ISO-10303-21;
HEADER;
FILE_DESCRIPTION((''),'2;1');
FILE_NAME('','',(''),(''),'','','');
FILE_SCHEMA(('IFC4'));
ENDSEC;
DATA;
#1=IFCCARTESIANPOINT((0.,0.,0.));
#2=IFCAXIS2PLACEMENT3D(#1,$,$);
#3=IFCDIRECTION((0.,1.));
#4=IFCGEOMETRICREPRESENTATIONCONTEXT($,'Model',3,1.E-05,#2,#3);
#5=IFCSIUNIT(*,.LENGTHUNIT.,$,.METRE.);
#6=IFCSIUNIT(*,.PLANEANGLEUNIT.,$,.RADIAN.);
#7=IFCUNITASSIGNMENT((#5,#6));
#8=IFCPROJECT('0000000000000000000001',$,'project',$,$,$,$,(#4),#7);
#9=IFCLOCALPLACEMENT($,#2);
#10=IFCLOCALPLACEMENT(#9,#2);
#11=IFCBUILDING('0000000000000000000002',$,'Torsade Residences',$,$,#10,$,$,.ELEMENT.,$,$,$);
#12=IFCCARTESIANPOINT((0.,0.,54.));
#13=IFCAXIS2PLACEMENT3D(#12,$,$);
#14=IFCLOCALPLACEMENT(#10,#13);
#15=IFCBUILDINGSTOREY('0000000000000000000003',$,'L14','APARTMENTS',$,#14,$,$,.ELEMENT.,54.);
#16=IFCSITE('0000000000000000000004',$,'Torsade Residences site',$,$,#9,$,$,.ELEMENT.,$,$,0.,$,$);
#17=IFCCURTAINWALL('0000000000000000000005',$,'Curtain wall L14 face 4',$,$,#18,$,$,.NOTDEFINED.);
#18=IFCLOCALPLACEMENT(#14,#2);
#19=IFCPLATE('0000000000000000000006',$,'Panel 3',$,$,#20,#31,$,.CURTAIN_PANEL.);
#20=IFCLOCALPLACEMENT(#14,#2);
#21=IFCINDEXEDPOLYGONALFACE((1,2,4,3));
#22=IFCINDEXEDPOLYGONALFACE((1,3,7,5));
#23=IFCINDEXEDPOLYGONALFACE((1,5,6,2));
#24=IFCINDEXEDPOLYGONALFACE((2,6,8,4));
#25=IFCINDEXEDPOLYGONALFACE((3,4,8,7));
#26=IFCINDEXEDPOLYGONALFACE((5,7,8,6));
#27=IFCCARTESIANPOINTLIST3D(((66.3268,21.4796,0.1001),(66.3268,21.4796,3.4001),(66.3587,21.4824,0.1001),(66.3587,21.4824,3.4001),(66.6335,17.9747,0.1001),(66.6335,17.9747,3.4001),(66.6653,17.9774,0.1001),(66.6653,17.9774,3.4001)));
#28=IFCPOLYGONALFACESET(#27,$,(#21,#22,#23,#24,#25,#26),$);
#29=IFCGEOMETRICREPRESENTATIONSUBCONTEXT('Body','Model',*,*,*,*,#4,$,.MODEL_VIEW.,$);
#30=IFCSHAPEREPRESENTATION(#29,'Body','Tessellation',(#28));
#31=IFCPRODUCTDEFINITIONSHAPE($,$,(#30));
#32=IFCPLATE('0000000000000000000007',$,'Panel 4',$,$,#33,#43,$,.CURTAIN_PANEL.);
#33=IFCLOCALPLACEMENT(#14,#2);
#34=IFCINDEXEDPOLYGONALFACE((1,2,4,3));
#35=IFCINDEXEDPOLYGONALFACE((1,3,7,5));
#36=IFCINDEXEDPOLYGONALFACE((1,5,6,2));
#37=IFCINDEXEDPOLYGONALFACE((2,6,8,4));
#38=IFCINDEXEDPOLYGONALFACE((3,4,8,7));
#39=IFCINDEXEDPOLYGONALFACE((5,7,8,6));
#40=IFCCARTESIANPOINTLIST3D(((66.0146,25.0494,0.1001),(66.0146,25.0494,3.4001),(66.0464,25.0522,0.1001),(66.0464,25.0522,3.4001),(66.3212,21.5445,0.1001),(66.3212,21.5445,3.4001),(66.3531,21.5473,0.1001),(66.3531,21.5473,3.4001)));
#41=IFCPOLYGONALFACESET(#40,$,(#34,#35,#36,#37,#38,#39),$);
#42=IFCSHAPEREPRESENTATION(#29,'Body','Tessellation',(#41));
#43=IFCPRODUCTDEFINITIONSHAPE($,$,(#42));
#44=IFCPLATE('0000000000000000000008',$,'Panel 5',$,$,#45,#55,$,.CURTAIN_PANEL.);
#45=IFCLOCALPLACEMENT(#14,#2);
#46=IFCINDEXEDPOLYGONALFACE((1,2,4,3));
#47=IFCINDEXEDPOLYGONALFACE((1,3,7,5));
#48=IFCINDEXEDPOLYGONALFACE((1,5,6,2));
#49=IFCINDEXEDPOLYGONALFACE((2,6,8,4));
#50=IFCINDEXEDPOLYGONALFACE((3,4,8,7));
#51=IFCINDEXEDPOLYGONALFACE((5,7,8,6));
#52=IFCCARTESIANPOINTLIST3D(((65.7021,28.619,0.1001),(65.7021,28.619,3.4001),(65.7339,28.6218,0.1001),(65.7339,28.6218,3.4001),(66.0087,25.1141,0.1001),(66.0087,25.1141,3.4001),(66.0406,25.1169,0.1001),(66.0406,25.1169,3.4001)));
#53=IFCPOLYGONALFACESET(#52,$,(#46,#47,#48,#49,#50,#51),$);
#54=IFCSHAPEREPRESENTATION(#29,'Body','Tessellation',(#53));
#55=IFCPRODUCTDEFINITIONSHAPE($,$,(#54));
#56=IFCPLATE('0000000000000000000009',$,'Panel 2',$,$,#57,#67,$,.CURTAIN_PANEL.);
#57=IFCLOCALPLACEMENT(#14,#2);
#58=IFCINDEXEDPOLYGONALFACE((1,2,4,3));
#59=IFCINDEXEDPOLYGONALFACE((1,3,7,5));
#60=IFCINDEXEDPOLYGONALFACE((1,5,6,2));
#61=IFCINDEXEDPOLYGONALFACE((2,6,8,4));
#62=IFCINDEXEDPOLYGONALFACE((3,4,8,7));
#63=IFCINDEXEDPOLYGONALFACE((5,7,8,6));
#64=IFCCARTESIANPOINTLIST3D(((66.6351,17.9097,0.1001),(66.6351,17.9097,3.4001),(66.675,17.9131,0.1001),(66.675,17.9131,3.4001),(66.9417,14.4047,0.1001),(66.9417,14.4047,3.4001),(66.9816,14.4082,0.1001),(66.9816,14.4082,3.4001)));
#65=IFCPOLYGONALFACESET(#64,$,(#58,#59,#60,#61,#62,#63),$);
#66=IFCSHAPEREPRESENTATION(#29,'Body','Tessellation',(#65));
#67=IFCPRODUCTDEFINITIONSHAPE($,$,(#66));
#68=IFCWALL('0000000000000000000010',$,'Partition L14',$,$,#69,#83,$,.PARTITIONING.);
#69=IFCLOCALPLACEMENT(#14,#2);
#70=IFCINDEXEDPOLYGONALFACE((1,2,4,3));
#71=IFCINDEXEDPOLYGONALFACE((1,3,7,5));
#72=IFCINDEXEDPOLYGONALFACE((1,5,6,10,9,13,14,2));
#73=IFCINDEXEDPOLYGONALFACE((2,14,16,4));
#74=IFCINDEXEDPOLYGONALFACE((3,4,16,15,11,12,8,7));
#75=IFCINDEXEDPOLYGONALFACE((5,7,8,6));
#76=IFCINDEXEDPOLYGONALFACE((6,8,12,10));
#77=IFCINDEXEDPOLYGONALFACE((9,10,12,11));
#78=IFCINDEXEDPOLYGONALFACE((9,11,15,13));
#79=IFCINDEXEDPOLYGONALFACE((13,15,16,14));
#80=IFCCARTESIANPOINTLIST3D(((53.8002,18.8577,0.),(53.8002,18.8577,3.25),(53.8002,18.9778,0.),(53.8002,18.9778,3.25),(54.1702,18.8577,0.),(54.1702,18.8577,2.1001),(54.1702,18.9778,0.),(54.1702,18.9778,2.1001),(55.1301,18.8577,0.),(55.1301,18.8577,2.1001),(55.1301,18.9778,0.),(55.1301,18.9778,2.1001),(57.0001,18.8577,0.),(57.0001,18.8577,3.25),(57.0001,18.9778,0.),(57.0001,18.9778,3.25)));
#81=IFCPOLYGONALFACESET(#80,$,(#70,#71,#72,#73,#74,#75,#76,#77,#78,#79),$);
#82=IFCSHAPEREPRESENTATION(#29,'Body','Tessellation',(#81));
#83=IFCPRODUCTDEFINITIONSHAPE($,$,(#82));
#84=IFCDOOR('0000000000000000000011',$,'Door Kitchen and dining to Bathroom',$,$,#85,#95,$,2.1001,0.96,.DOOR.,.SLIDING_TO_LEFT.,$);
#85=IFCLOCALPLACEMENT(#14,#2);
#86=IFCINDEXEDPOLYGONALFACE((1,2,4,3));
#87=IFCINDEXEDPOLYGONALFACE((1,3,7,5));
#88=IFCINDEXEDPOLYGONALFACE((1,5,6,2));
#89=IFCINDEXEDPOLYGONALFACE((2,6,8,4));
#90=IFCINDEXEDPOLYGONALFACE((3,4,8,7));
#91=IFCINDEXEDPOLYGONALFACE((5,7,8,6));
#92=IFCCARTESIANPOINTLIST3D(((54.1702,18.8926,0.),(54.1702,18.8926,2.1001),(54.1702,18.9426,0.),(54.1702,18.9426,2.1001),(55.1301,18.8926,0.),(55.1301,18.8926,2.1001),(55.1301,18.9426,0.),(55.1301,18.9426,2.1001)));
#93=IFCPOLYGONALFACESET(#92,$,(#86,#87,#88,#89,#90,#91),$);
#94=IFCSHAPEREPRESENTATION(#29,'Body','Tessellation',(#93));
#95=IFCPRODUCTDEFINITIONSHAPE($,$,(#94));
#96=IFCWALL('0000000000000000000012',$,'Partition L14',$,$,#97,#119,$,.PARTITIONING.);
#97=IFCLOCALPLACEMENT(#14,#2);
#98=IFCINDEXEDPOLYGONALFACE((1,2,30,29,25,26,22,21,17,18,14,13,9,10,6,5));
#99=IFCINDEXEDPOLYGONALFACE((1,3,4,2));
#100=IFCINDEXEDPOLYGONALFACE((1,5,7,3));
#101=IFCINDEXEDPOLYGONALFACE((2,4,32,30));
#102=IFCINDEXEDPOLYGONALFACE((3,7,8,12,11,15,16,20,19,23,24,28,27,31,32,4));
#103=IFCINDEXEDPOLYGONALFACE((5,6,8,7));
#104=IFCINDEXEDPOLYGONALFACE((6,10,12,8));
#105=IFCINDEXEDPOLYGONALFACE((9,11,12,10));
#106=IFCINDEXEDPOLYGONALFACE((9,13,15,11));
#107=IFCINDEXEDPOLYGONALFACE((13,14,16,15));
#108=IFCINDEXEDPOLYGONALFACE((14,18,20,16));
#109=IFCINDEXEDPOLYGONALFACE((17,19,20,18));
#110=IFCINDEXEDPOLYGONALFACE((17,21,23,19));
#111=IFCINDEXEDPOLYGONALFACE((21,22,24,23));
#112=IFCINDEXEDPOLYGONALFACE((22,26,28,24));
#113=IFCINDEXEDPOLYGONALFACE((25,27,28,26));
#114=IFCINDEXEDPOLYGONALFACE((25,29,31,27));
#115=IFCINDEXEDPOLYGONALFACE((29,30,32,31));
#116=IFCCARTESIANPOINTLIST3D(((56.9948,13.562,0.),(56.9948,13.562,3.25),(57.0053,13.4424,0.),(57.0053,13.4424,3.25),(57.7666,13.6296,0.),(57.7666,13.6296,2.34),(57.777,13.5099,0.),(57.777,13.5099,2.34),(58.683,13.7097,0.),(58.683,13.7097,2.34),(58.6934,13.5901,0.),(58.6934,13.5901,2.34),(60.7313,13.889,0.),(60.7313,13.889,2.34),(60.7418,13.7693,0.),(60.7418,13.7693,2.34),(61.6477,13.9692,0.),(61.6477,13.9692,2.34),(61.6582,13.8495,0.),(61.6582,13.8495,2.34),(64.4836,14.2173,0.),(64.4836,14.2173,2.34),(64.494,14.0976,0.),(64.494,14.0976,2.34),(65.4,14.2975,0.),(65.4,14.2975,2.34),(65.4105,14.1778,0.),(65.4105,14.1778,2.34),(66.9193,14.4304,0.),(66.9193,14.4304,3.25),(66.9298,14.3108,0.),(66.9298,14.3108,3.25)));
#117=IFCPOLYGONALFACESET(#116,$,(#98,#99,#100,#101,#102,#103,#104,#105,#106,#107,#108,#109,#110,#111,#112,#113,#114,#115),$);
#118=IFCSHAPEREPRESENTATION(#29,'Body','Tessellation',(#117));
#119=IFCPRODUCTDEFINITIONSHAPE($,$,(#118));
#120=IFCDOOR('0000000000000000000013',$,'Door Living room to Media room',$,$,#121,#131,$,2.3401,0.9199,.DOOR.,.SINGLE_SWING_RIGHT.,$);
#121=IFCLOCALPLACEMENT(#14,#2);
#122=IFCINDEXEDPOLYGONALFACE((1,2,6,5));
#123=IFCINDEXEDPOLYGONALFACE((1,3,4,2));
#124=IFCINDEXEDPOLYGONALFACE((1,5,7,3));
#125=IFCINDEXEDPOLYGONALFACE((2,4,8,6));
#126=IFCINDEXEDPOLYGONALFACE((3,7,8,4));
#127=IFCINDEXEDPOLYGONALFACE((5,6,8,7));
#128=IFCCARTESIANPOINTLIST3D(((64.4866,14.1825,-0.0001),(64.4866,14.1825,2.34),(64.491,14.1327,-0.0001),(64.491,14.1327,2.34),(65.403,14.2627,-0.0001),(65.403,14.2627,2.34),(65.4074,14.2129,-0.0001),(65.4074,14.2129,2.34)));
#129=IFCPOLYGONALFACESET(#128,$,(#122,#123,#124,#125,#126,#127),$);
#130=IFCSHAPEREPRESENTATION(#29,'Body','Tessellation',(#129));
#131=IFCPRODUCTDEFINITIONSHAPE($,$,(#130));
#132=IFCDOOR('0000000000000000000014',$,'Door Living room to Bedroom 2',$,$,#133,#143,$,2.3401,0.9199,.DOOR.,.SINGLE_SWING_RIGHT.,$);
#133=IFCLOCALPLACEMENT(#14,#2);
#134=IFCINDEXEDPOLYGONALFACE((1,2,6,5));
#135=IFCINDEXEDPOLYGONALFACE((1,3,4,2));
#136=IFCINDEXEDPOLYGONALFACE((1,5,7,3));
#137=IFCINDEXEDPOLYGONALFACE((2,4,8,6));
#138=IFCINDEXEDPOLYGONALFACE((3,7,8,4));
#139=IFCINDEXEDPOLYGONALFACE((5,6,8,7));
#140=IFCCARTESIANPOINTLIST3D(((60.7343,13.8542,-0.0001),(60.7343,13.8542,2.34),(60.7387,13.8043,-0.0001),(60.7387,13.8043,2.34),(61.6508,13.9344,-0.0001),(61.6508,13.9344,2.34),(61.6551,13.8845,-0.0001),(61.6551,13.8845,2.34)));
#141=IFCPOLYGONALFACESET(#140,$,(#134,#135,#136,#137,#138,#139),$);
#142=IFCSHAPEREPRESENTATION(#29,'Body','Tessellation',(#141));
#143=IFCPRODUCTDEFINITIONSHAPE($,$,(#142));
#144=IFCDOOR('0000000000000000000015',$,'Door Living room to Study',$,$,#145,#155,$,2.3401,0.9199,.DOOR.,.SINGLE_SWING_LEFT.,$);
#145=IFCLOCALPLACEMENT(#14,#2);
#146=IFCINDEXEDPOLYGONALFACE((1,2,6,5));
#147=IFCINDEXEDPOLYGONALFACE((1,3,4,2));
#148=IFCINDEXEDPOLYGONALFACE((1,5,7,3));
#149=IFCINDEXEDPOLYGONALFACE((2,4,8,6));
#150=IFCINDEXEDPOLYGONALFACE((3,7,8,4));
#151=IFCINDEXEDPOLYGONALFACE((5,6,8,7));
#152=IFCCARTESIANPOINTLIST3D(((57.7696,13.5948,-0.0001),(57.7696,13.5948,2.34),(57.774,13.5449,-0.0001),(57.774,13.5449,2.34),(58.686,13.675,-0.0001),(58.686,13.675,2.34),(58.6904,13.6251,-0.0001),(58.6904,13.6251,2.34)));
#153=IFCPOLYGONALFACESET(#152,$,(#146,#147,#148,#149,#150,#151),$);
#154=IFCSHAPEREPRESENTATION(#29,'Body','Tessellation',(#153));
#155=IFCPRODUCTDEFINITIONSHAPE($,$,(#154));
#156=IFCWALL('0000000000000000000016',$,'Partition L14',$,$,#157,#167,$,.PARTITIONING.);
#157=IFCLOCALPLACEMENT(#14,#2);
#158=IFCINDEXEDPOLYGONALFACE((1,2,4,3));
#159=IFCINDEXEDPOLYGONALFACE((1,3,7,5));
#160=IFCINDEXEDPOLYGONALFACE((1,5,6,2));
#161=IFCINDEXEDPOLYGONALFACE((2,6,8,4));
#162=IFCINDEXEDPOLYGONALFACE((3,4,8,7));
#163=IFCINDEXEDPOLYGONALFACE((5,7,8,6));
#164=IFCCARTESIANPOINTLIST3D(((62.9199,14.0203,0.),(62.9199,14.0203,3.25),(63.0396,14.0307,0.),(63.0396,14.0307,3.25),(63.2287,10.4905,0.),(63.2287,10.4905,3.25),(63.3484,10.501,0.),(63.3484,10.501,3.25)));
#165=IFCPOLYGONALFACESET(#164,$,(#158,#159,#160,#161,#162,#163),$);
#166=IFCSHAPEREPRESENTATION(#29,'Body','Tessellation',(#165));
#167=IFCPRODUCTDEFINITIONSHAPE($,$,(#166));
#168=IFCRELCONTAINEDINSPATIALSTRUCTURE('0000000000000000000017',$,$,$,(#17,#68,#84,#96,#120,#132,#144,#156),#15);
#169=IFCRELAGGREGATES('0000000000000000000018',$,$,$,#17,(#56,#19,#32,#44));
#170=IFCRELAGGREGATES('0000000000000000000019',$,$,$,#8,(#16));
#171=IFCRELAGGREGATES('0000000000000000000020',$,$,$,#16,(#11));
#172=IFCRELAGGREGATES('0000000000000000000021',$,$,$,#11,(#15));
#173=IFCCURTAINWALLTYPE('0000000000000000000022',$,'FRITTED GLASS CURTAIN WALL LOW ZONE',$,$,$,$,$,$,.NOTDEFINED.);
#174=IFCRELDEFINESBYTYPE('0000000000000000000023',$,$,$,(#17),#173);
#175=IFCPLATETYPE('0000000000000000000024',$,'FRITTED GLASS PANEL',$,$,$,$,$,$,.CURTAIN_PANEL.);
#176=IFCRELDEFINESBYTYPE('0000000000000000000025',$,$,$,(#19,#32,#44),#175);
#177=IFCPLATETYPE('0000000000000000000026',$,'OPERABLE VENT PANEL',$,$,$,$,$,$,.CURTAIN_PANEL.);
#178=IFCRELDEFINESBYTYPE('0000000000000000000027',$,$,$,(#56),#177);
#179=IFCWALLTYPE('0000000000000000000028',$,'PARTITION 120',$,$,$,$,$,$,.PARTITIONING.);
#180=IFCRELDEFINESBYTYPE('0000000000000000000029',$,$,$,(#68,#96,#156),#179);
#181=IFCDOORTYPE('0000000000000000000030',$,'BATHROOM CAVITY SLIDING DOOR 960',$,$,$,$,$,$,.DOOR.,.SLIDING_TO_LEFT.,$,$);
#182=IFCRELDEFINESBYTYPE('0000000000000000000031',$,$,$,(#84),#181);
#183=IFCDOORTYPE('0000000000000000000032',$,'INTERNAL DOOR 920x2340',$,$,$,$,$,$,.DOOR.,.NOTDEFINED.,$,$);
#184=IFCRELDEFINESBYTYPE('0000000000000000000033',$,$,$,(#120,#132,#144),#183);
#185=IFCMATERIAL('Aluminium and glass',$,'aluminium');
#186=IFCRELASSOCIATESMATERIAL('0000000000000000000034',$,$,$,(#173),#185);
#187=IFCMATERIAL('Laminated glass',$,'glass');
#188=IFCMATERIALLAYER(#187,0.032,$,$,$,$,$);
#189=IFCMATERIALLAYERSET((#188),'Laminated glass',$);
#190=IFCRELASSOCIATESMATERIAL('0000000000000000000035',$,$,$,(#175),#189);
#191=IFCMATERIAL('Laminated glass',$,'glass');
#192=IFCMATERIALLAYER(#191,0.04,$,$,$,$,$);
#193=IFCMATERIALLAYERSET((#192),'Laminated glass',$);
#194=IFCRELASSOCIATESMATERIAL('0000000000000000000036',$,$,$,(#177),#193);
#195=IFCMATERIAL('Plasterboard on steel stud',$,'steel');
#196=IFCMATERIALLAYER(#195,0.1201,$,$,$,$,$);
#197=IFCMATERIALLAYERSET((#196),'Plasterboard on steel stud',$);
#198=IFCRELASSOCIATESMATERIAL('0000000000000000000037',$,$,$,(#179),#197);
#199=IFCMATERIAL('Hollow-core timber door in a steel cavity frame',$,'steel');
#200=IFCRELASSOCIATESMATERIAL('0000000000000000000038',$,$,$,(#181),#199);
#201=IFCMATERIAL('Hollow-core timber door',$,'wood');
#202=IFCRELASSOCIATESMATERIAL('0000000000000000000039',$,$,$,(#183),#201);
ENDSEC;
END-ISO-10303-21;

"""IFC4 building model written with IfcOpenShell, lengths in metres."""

from ifc_helpers import new_model, si_unit, direction, frame, frame_2d, origin, origin_2d, place, context, subcontext, project, spatial, rectangle, extrude, material, layer, layer_set, type_object, element, fill, aggregate, save


model = new_model("IFC4")

# Units and contexts
model_context = context("Model", 3, precision=1e-05, world=origin(), true_north=direction((0.0, 1.0)))
body_context = subcontext(model_context, "Body", "Model", "MODEL_VIEW")
ifc_project = project(units=[si_unit("LENGTHUNIT", "METRE"), si_unit("PLANEANGLEUNIT", "RADIAN")], contexts=[model_context])

# Site, building, storey
site_placement = place(None, origin())
site = spatial("IfcSite", under=ifc_project, at=site_placement, Name="Torsade Residences site", CompositionType="ELEMENT", RefElevation=0.0)
building_placement = place(site_placement, origin())
building = spatial("IfcBuilding", under=site, at=building_placement, Name="Torsade Residences", CompositionType="ELEMENT")
storey_placement = place(building_placement, frame((0.0, 0.0, 54.0)))
storey = spatial("IfcBuildingStorey", under=building, at=storey_placement, Name="L14", Description="APARTMENTS", CompositionType="ELEMENT", Elevation=54.0)

# Curtain wall
ifc_material_1 = material(Name="Aluminium and glass", Category="aluminium")
curtain_wall_type = type_object("IfcCurtainWallType", Name="FRITTED GLASS CURTAIN WALL LOW ZONE", PredefinedType="NOTDEFINED", material=ifc_material_1)
curtain_wall_placement = place(storey_placement, origin())
curtain_wall = element("IfcCurtainWall", 1, at=curtain_wall_placement, inside=storey, type_object=curtain_wall_type, Name="Curtain wall L14 face 4", PredefinedType="NOTDEFINED")

# Plates
ifc_material_2 = material(Name="Laminated glass", Category="glass")
ifc_layer_1 = layer(ifc_material_2, 0.032)
ifc_layer_set_1 = layer_set([ifc_layer_1], Name="Laminated glass")
plate_type_1 = type_object("IfcPlateType", Name="FRITTED GLASS PANEL", PredefinedType="CURTAIN_PANEL", material=ifc_layer_set_1)
plate_1_placement = place(storey_placement, frame((66.4961, 19.7285, 0.1001), z_axis=(0.0, 0.0, 1.0), x_axis=(-0.087156, 0.996195, 0.0)))
plate_1 = element("IfcPlate", 2, at=plate_1_placement, type_object=plate_type_1, Name="Panel 3", PredefinedType="CURTAIN_PANEL", context=body_context, shape_type="SweptSolid", body=[
    extrude(rectangle(XDim=3.5183, YDim=0.032, at=origin_2d()), origin(), (0.0, 0.0, 1.0), 3.3),
])
plate_2_placement = place(storey_placement, frame((66.1838, 23.2983, 0.1001), z_axis=(0.0, 0.0, 1.0), x_axis=(-0.087156, 0.996195, 0.0)))
plate_2 = element("IfcPlate", 3, at=plate_2_placement, type_object=plate_type_1, Name="Panel 4", PredefinedType="CURTAIN_PANEL", context=body_context, shape_type="SweptSolid", body=[
    extrude(rectangle(XDim=3.5183, YDim=0.032, at=origin_2d()), origin(), (0.0, 0.0, 1.0), 3.3),
])
plate_3_placement = place(storey_placement, frame((65.8713, 26.8679, 0.1001), z_axis=(0.0, 0.0, 1.0), x_axis=(-0.087156, 0.996195, 0.0)))
plate_3 = element("IfcPlate", 4, at=plate_3_placement, type_object=plate_type_1, Name="Panel 5", PredefinedType="CURTAIN_PANEL", context=body_context, shape_type="SweptSolid", body=[
    extrude(rectangle(XDim=3.5183, YDim=0.032, at=origin_2d()), origin(), (0.0, 0.0, 1.0), 3.3),
])
ifc_material_3 = material(Name="Laminated glass", Category="glass")
ifc_layer_2 = layer(ifc_material_3, 0.04)
ifc_layer_set_2 = layer_set([ifc_layer_2], Name="Laminated glass")
plate_type_2 = type_object("IfcPlateType", Name="OPERABLE VENT PANEL", PredefinedType="CURTAIN_PANEL", material=ifc_layer_set_2)
plate_4_placement = place(storey_placement, frame((66.8083, 16.1589, 0.1001), z_axis=(0.0, 0.0, 1.0), x_axis=(-0.087156, 0.996195, 0.0)))
plate_4 = element("IfcPlate", 5, at=plate_4_placement, type_object=plate_type_2, Name="Panel 2", PredefinedType="CURTAIN_PANEL", context=body_context, shape_type="SweptSolid", body=[
    extrude(rectangle(XDim=3.5183, YDim=0.04, at=origin_2d()), origin(), (0.0, 0.0, 1.0), 3.3),
])
aggregate(curtain_wall, [plate_4, plate_1, plate_2, plate_3])

# Wall, opening, door
ifc_material_4 = material(Name="Plasterboard on steel stud", Category="steel")
ifc_layer_3 = layer(ifc_material_4, 0.1201)
ifc_layer_set_3 = layer_set([ifc_layer_3], Name="Plasterboard on steel stud")
wall_type_1 = type_object("IfcWallType", Name="PARTITION 120", PredefinedType="PARTITIONING", material=ifc_layer_set_3)
wall_1_placement = place(storey_placement, frame((53.8, 18.9177, 0.0), z_axis=(0.0, 0.0, 1.0), x_axis=(1.0, 0.0, 0.0)))
wall_1 = element("IfcWall", 6, at=wall_1_placement, inside=storey, type_object=wall_type_1, Name="Partition L14", PredefinedType="PARTITIONING", context=body_context, shape_type="SweptSolid", body=[
    extrude(rectangle(XDim=3.2, YDim=0.1201, at=frame_2d((1.6001, 0.0))), origin(), (0.0, 0.0, 1.0), 3.25),
])
opening_1_placement = place(wall_1_placement, frame((0.3701, 0.0, 0.0)))
opening_1 = element("IfcOpeningElement", 7, at=opening_1_placement, cuts=wall_1, PredefinedType="OPENING", context=body_context, shape_type="SweptSolid", body=[
    extrude(rectangle(XDim=0.96, YDim=2.1001, at=frame_2d((0.48, 1.05))), frame((0.0, 0.0701, 0.0), z_axis=(0.0, -1.0, 0.0), x_axis=(1.0, 0.0, 0.0)), (0.0, 0.0, 1.0), 0.1401),
])
ifc_material_5 = material(Name="Hollow-core timber door in a steel cavity frame", Category="steel")
door_type_1 = type_object("IfcDoorType", Name="BATHROOM CAVITY SLIDING DOOR 960", OperationType="SLIDING_TO_LEFT", PredefinedType="DOOR", material=ifc_material_5)
door_1_placement = place(opening_1_placement, origin())
door_1 = element("IfcDoor", 8, at=door_1_placement, inside=storey, type_object=door_type_1, Name="Door Kitchen and dining to Bathroom", OperationType="SLIDING_TO_LEFT", OverallHeight=2.1001, OverallWidth=0.96, PredefinedType="DOOR", context=body_context, shape_type="SweptSolid", body=[
    extrude(rectangle(XDim=0.96, YDim=2.1001, at=frame_2d((0.48, 1.05))), frame((0.0, 0.0249, 0.0), z_axis=(0.0, -1.0, 0.0), x_axis=(1.0, 0.0, 0.0)), (0.0, 0.0, 1.0), 0.05),
])
fill(opening_1, door_1)

# Wall, openings, doors
wall_2_placement = place(storey_placement, frame((66.9246, 14.3706, 0.0), z_axis=(0.0, 0.0, 1.0), x_axis=(-0.996194, -0.087168, 0.0)))
wall_2 = element("IfcWall", 9, at=wall_2_placement, inside=storey, type_object=wall_type_1, Name="Partition L14", PredefinedType="PARTITIONING", context=body_context, shape_type="SweptSolid", body=[
    extrude(rectangle(XDim=9.9624, YDim=0.1201, at=frame_2d((4.9812, 0.0))), origin(), (0.0, 0.0, 1.0), 3.25),
])
opening_2_placement = place(wall_2_placement, frame((1.5251, 0.0, 0.0)))
opening_2 = element("IfcOpeningElement", 10, at=opening_2_placement, cuts=wall_2, PredefinedType="OPENING", context=body_context, shape_type="SweptSolid", body=[
    extrude(rectangle(XDim=0.9199, YDim=2.3401, at=frame_2d((0.46, 1.1699))), frame((0.0, 0.0701, 0.0), z_axis=(0.0, -1.0, 0.0), x_axis=(1.0, 0.0, 0.0)), (0.0, 0.0, 1.0), 0.1401),
])
opening_3_placement = place(wall_2_placement, frame((5.2917, 0.0, 0.0)))
opening_3 = element("IfcOpeningElement", 11, at=opening_3_placement, cuts=wall_2, PredefinedType="OPENING", context=body_context, shape_type="SweptSolid", body=[
    extrude(rectangle(XDim=0.9199, YDim=2.3401, at=frame_2d((0.46, 1.1699))), frame((0.0, 0.0701, 0.0), z_axis=(0.0, -1.0, 0.0), x_axis=(1.0, 0.0, 0.0)), (0.0, 0.0, 1.0), 0.1401),
])
opening_4_placement = place(wall_2_placement, frame((8.2678, 0.0, 0.0)))
opening_4 = element("IfcOpeningElement", 12, at=opening_4_placement, cuts=wall_2, PredefinedType="OPENING", context=body_context, shape_type="SweptSolid", body=[
    extrude(rectangle(XDim=0.9199, YDim=2.3401, at=frame_2d((0.46, 1.1699))), frame((0.0, 0.0701, 0.0), z_axis=(0.0, -1.0, 0.0), x_axis=(1.0, 0.0, 0.0)), (0.0, 0.0, 1.0), 0.1401),
])
ifc_material_6 = material(Name="Hollow-core timber door", Category="wood")
door_type_2 = type_object("IfcDoorType", Name="INTERNAL DOOR 920x2340", OperationType="NOTDEFINED", PredefinedType="DOOR", material=ifc_material_6)
door_2_placement = place(opening_2_placement, origin())
door_2 = element("IfcDoor", 13, at=door_2_placement, inside=storey, type_object=door_type_2, Name="Door Living room to Media room", OperationType="SINGLE_SWING_RIGHT", OverallHeight=2.3401, OverallWidth=0.9199, PredefinedType="DOOR", context=body_context, shape_type="SweptSolid", body=[
    extrude(rectangle(XDim=0.9199, YDim=2.3401, at=frame_2d((0.46, 1.1699))), frame((0.0, 0.0249, 0.0), z_axis=(0.0, -1.0, 0.0), x_axis=(1.0, 0.0, 0.0)), (0.0, 0.0, 1.0), 0.05),
])
fill(opening_2, door_2)
door_3_placement = place(opening_3_placement, origin())
door_3 = element("IfcDoor", 14, at=door_3_placement, inside=storey, type_object=door_type_2, Name="Door Living room to Bedroom 2", OperationType="SINGLE_SWING_RIGHT", OverallHeight=2.3401, OverallWidth=0.9199, PredefinedType="DOOR", context=body_context, shape_type="SweptSolid", body=[
    extrude(rectangle(XDim=0.9199, YDim=2.3401, at=frame_2d((0.46, 1.1699))), frame((0.0, 0.0249, 0.0), z_axis=(0.0, -1.0, 0.0), x_axis=(1.0, 0.0, 0.0)), (0.0, 0.0, 1.0), 0.05),
])
fill(opening_3, door_3)
door_4_placement = place(opening_4_placement, origin())
door_4 = element("IfcDoor", 15, at=door_4_placement, inside=storey, type_object=door_type_2, Name="Door Living room to Study", OperationType="SINGLE_SWING_LEFT", OverallHeight=2.3401, OverallWidth=0.9199, PredefinedType="DOOR", context=body_context, shape_type="SweptSolid", body=[
    extrude(rectangle(XDim=0.9199, YDim=2.3401, at=frame_2d((0.46, 1.1699))), frame((0.0, 0.0249, 0.0), z_axis=(0.0, -1.0, 0.0), x_axis=(1.0, 0.0, 0.0)), (0.0, 0.0, 1.0), 0.05),
])
fill(opening_4, door_4)

# Wall
wall_3_placement = place(storey_placement, frame((62.9797, 14.0254, 0.0), z_axis=(0.0, 0.0, 1.0), x_axis=(0.087162, -0.996194, 0.0)))
element("IfcWall", 16, at=wall_3_placement, inside=storey, type_object=wall_type_1, Name="Partition L14", PredefinedType="PARTITIONING", context=body_context, shape_type="SweptSolid", body=[
    extrude(rectangle(XDim=3.5432, YDim=0.1201, at=frame_2d((1.7715, 0.0))), origin(), (0.0, 0.0, 1.0), 3.25),
])

save(model, "model.ifc")
